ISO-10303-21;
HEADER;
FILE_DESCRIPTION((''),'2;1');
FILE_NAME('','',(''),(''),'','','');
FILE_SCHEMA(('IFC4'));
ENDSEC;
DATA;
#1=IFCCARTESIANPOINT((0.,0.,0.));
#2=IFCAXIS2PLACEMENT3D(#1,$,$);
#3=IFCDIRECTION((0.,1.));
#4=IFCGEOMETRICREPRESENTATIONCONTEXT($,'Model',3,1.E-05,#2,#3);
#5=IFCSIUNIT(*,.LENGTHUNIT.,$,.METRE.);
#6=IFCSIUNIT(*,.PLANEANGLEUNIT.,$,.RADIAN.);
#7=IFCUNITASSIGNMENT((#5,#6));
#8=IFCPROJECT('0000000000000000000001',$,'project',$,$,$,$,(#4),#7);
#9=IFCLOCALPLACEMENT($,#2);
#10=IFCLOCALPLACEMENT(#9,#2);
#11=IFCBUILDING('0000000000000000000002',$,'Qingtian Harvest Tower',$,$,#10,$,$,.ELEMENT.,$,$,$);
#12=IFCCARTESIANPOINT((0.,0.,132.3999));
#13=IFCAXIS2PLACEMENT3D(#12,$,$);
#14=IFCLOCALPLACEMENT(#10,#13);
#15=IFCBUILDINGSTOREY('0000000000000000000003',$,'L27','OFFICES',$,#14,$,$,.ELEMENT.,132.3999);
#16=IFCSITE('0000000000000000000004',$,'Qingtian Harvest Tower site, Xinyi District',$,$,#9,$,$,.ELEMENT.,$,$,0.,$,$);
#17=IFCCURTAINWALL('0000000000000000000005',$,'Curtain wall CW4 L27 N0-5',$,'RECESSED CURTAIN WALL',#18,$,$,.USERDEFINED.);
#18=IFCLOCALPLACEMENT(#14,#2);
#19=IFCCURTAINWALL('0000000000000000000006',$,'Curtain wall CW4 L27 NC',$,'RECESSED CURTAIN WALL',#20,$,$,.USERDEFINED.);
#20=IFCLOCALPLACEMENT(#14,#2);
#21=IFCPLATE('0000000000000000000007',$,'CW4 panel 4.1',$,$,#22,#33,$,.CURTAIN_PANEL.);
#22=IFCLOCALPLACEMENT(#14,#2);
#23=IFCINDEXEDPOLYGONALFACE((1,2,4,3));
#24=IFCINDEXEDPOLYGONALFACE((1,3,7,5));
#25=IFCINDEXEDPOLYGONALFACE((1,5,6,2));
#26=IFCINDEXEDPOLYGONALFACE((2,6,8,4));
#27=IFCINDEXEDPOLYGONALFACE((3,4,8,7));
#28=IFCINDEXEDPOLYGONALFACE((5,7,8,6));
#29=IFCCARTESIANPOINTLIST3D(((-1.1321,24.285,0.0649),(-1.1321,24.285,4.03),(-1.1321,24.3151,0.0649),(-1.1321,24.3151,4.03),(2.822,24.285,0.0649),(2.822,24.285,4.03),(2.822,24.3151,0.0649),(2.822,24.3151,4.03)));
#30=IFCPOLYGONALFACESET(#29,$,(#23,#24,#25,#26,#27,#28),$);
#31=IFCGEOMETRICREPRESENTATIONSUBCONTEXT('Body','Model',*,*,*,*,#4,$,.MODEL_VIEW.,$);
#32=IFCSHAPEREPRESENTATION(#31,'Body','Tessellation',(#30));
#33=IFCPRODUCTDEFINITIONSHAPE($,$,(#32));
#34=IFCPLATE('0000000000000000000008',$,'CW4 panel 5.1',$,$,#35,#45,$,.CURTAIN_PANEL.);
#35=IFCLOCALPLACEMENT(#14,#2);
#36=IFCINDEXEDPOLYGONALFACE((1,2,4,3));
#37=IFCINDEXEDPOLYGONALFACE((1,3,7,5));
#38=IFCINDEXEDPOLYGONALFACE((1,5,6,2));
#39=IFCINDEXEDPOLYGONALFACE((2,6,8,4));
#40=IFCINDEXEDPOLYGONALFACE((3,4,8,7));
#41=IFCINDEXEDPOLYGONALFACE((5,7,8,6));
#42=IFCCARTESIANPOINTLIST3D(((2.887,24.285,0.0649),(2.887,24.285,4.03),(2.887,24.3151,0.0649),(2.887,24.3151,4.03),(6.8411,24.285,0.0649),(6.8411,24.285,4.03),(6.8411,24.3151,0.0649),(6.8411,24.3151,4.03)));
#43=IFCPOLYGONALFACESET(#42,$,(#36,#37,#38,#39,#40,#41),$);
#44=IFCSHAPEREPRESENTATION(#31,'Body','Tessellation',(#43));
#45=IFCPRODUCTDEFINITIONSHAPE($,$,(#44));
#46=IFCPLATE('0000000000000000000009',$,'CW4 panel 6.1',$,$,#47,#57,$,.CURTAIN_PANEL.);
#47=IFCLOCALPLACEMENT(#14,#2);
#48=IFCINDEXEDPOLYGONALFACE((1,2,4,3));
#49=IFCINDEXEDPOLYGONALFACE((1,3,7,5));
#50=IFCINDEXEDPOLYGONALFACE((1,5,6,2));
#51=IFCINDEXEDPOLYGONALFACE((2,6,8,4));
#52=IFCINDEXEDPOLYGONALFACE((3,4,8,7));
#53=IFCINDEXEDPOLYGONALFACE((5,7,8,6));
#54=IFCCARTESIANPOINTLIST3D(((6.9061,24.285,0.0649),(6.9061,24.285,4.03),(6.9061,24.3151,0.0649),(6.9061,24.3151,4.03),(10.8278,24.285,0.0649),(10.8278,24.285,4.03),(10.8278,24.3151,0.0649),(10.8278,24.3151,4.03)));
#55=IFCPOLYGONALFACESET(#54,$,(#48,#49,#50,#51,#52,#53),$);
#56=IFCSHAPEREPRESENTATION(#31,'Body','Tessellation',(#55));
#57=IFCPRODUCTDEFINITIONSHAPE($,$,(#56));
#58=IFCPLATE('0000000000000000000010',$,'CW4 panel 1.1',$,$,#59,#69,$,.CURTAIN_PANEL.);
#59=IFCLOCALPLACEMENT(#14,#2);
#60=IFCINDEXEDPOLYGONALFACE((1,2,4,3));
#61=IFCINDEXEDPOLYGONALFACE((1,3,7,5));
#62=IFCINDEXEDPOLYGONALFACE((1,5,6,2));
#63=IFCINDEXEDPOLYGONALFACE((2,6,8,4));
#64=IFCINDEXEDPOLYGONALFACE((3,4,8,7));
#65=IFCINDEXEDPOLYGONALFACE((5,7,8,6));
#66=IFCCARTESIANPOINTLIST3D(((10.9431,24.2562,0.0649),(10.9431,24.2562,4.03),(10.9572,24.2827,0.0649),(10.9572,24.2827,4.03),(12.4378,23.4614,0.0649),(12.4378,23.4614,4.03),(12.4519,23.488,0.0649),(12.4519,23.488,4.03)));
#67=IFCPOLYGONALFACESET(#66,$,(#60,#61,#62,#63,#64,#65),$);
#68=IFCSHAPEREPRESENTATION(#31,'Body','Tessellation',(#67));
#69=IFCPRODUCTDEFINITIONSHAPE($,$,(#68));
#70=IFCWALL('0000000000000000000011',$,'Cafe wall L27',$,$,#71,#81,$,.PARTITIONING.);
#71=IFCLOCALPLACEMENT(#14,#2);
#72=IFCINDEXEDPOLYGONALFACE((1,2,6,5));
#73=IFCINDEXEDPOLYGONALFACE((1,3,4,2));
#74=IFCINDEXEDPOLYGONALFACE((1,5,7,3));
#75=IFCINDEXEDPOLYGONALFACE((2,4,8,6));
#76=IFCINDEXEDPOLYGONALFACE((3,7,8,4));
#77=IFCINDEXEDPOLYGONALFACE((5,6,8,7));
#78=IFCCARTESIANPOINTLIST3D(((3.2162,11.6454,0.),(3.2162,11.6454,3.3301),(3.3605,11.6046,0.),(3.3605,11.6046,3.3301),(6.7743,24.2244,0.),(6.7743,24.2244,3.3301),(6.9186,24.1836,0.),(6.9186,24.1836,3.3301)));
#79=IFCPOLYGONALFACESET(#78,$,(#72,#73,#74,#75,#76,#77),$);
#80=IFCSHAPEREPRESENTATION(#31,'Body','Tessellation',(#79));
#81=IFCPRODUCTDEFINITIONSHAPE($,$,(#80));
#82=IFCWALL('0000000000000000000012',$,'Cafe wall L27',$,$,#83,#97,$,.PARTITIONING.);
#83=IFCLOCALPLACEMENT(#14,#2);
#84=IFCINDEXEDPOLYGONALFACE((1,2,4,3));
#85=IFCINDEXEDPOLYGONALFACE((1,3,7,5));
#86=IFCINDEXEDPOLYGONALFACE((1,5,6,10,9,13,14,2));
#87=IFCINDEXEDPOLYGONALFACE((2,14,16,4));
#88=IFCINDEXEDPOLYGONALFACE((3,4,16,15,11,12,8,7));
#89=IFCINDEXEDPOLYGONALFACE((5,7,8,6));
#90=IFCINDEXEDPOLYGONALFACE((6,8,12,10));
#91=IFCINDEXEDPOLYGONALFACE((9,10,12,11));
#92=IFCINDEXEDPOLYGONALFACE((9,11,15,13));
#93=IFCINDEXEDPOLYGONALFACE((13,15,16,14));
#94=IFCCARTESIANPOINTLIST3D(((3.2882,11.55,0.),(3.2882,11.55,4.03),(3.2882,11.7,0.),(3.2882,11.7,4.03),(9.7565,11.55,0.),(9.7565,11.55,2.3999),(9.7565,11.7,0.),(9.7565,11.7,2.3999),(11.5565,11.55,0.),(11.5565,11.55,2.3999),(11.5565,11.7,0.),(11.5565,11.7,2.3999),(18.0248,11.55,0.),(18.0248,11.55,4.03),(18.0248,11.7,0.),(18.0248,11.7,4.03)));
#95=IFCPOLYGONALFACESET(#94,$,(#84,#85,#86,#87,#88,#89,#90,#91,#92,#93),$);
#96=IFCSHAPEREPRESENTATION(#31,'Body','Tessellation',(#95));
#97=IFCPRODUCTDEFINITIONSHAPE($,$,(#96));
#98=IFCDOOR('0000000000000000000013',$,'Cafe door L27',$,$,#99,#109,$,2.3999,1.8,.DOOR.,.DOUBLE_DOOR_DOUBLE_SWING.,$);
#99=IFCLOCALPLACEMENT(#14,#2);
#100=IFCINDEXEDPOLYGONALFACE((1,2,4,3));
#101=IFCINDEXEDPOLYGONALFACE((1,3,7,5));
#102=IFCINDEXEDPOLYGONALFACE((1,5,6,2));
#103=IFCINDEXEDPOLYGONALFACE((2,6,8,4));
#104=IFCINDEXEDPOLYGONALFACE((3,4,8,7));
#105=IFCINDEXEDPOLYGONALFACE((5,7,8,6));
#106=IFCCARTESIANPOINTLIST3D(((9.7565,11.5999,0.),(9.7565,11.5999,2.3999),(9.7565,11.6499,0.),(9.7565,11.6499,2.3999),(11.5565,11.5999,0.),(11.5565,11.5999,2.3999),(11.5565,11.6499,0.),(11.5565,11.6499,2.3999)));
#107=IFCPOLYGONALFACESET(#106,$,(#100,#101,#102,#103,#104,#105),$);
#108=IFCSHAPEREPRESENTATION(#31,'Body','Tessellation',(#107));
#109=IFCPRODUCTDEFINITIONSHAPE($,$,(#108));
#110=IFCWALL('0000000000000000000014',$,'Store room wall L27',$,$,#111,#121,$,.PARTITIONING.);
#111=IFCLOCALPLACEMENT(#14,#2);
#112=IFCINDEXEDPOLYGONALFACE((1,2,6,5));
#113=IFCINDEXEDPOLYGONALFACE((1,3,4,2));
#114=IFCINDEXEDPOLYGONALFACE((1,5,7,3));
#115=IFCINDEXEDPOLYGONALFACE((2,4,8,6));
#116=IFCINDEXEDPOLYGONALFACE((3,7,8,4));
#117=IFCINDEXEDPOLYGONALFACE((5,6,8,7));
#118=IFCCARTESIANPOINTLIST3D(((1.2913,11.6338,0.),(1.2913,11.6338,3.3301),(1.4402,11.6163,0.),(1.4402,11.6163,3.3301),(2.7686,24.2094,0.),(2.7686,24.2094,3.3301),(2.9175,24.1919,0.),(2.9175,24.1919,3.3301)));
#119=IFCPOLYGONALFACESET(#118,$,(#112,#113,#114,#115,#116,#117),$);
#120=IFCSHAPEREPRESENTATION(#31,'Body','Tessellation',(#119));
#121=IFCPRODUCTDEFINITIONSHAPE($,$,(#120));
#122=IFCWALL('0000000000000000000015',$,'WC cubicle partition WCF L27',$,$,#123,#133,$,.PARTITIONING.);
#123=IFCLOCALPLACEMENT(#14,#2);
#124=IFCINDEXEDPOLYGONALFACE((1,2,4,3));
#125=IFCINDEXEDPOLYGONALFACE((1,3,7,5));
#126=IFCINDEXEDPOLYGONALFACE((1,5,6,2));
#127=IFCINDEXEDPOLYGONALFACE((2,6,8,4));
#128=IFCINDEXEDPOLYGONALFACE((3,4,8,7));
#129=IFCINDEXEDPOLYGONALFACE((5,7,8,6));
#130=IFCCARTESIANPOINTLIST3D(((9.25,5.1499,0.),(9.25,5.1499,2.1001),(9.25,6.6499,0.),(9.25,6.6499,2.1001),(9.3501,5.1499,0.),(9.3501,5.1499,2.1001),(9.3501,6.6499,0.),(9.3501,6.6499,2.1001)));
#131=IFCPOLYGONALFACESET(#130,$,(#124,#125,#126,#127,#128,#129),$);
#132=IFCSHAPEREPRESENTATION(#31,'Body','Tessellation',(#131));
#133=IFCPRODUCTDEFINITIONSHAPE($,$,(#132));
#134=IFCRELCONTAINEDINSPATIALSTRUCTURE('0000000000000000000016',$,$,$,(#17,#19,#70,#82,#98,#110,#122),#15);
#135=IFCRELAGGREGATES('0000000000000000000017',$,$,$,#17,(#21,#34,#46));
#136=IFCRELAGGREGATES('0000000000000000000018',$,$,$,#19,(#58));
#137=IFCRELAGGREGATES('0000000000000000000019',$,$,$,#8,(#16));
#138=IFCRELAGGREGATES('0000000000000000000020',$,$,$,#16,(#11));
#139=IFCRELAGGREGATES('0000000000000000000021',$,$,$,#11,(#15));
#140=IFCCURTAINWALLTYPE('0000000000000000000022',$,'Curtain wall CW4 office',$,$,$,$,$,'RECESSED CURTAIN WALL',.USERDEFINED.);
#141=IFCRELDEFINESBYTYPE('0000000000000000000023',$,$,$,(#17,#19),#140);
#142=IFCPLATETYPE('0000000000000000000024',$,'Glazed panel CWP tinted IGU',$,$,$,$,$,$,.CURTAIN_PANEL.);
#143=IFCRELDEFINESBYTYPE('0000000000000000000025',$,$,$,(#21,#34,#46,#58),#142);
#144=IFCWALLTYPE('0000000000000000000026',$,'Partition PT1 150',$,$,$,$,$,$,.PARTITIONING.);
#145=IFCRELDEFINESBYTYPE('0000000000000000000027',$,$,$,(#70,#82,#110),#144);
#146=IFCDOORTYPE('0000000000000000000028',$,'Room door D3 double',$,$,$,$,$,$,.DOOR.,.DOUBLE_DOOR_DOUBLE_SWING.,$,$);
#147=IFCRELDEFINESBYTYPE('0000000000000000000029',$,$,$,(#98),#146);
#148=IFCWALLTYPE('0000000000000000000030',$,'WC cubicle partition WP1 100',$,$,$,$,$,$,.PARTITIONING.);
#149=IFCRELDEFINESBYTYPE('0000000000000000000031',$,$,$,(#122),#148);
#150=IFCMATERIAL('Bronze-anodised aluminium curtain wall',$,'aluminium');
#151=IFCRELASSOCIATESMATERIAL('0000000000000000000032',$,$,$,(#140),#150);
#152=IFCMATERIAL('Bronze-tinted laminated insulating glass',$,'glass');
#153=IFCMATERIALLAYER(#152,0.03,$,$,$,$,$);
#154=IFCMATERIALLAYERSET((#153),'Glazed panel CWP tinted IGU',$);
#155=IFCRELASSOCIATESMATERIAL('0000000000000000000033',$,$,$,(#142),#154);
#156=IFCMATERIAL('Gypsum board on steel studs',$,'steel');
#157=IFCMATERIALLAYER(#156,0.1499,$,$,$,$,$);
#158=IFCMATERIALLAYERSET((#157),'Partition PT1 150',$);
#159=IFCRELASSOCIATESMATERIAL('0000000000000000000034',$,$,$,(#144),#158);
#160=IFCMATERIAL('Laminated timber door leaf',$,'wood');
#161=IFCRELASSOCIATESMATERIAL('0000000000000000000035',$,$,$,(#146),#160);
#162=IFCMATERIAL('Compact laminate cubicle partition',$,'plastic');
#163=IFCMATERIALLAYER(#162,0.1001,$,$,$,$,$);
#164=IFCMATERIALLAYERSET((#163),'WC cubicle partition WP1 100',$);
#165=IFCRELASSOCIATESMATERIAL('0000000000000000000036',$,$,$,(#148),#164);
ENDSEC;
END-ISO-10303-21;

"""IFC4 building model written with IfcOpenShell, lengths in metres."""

from ifc_helpers import new_model, si_unit, direction, frame, frame_2d, origin, origin_2d, place, context, subcontext, project, spatial, rectangle, extrude, material, layer, layer_set, type_object, element, fill, aggregate, save


model = new_model("IFC4")

# Units and contexts
model_context = context("Model", 3, precision=1e-05, world=origin(), true_north=direction((0.0, 1.0)))
body_context = subcontext(model_context, "Body", "Model", "MODEL_VIEW")
ifc_project = project(units=[si_unit("LENGTHUNIT", "METRE"), si_unit("PLANEANGLEUNIT", "RADIAN")], contexts=[model_context])

# Site, building, storey
site_placement = place(None, origin())
site = spatial("IfcSite", under=ifc_project, at=site_placement, Name="Qingtian Harvest Tower site, Xinyi District", CompositionType="ELEMENT", RefElevation=0.0)
building_placement = place(site_placement, origin())
building = spatial("IfcBuilding", under=site, at=building_placement, Name="Qingtian Harvest Tower", CompositionType="ELEMENT")
storey_placement = place(building_placement, frame((0.0, 0.0, 132.3999)))
storey = spatial("IfcBuildingStorey", under=building, at=storey_placement, Name="L27", Description="OFFICES", CompositionType="ELEMENT", Elevation=132.3999)

# Curtain walls
ifc_material_1 = material(Name="Bronze-anodised aluminium curtain wall", Category="aluminium")
curtain_wall_type = type_object("IfcCurtainWallType", Name="Curtain wall CW4 office", ElementType="RECESSED CURTAIN WALL", PredefinedType="USERDEFINED", material=ifc_material_1)
curtain_wall_1_placement = place(storey_placement, origin())
curtain_wall_1 = element("IfcCurtainWall", 1, at=curtain_wall_1_placement, inside=storey, type_object=curtain_wall_type, Name="Curtain wall CW4 L27 N0-5", ObjectType="RECESSED CURTAIN WALL", PredefinedType="USERDEFINED")
curtain_wall_2_placement = place(storey_placement, origin())
curtain_wall_2 = element("IfcCurtainWall", 2, at=curtain_wall_2_placement, inside=storey, type_object=curtain_wall_type, Name="Curtain wall CW4 L27 NC", ObjectType="RECESSED CURTAIN WALL", PredefinedType="USERDEFINED")

# Plates
ifc_material_2 = material(Name="Bronze-tinted laminated insulating glass", Category="glass")
ifc_layer_1 = layer(ifc_material_2, 0.03)
ifc_layer_set_1 = layer_set([ifc_layer_1], Name="Glazed panel CWP tinted IGU")
plate_type = type_object("IfcPlateType", Name="Glazed panel CWP tinted IGU", PredefinedType="CURTAIN_PANEL", material=ifc_layer_set_1)
plate_1_placement = place(storey_placement, frame((0.845, 24.3, 0.0649), z_axis=(0.0, 0.0, 1.0), x_axis=(1.0, 0.0, 0.0)))
plate_1 = element("IfcPlate", 3, at=plate_1_placement, type_object=plate_type, Name="CW4 panel 4.1", PredefinedType="CURTAIN_PANEL", context=body_context, shape_type="SweptSolid", body=[
    extrude(rectangle(XDim=3.9541, YDim=0.03, at=origin_2d()), origin(), (0.0, 0.0, 1.0), 3.9651),
])
plate_2_placement = place(storey_placement, frame((4.864, 24.3, 0.0649), z_axis=(0.0, 0.0, 1.0), x_axis=(1.0, 0.0, 0.0)))
plate_2 = element("IfcPlate", 4, at=plate_2_placement, type_object=plate_type, Name="CW4 panel 5.1", PredefinedType="CURTAIN_PANEL", context=body_context, shape_type="SweptSolid", body=[
    extrude(rectangle(XDim=3.9541, YDim=0.03, at=origin_2d()), origin(), (0.0, 0.0, 1.0), 3.9651),
])
plate_3_placement = place(storey_placement, frame((8.8669, 24.3, 0.0649), z_axis=(0.0, 0.0, 1.0), x_axis=(1.0, 0.0, 0.0)))
plate_3 = element("IfcPlate", 5, at=plate_3_placement, type_object=plate_type, Name="CW4 panel 6.1", PredefinedType="CURTAIN_PANEL", context=body_context, shape_type="SweptSolid", body=[
    extrude(rectangle(XDim=3.9216, YDim=0.03, at=origin_2d()), origin(), (0.0, 0.0, 1.0), 3.9651),
])
aggregate(curtain_wall_1, [plate_1, plate_2, plate_3])
plate_4_placement = place(storey_placement, frame((11.6975, 23.8721, 0.0649), z_axis=(0.0, 0.0, 1.0), x_axis=(0.882948, -0.469472, 0.0)))
plate_4 = element("IfcPlate", 6, at=plate_4_placement, type_object=plate_type, Name="CW4 panel 1.1", PredefinedType="CURTAIN_PANEL", context=body_context, shape_type="SweptSolid", body=[
    extrude(rectangle(XDim=1.6929, YDim=0.03, at=origin_2d()), origin(), (0.0, 0.0, 1.0), 3.9651),
])
aggregate(curtain_wall_2, [plate_4])

# Wall
ifc_material_3 = material(Name="Gypsum board on steel studs", Category="steel")
ifc_layer_2 = layer(ifc_material_3, 0.1499)
ifc_layer_set_2 = layer_set([ifc_layer_2], Name="Partition PT1 150")
wall_type_1 = type_object("IfcWallType", Name="Partition PT1 150", PredefinedType="PARTITIONING", material=ifc_layer_set_2)
wall_1_placement = place(storey_placement, frame((6.8464, 24.2039, 0.0), z_axis=(0.0, 0.0, 1.0), x_axis=(-0.272184, -0.962245, 0.0)))
element("IfcWall", 7, at=wall_1_placement, inside=storey, type_object=wall_type_1, Name="Cafe wall L27", PredefinedType="PARTITIONING", context=body_context, shape_type="SweptSolid", body=[
    extrude(rectangle(XDim=13.0725, YDim=0.1499, at=frame_2d((6.5361, 0.0))), origin(), (0.0, 0.0, 1.0), 3.3301),
])

# Wall, opening, door
wall_2_placement = place(storey_placement, frame((3.2883, 11.625, 0.0), z_axis=(0.0, 0.0, 1.0), x_axis=(1.0, 0.0, 0.0)))
wall_2 = element("IfcWall", 8, at=wall_2_placement, inside=storey, type_object=wall_type_1, Name="Cafe wall L27", PredefinedType="PARTITIONING", context=body_context, shape_type="SweptSolid", body=[
    extrude(rectangle(XDim=14.7366, YDim=0.1499, at=frame_2d((7.3682, 0.0))), origin(), (0.0, 0.0, 1.0), 4.03),
])
opening_1_placement = place(wall_2_placement, frame((6.4683, 0.0, 0.0)))
opening_1 = element("IfcOpeningElement", 9, at=opening_1_placement, cuts=wall_2, PredefinedType="OPENING", context=body_context, shape_type="SweptSolid", body=[
    extrude(rectangle(XDim=1.8, YDim=2.3999, at=frame_2d((0.8999, 1.2))), frame((0.0, 0.085, 0.0), z_axis=(0.0, -1.0, 0.0), x_axis=(1.0, 0.0, 0.0)), (0.0, 0.0, 1.0), 0.1699),
])
ifc_material_4 = material(Name="Laminated timber door leaf", Category="wood")
door_type_1 = type_object("IfcDoorType", Name="Room door D3 double", OperationType="DOUBLE_DOOR_DOUBLE_SWING", PredefinedType="DOOR", material=ifc_material_4)
door_1_placement = place(opening_1_placement, origin())
door_1 = element("IfcDoor", 10, at=door_1_placement, inside=storey, type_object=door_type_1, Name="Cafe door L27", OperationType="DOUBLE_DOOR_DOUBLE_SWING", OverallHeight=2.3999, OverallWidth=1.8, PredefinedType="DOOR", context=body_context, shape_type="SweptSolid", body=[
    extrude(rectangle(XDim=1.8, YDim=2.3999, at=frame_2d((0.8999, 1.2))), frame((0.0, 0.0249, 0.0), z_axis=(0.0, -1.0, 0.0), x_axis=(1.0, 0.0, 0.0)), (0.0, 0.0, 1.0), 0.05),
])
fill(opening_1, door_1)

# Wall
wall_3_placement = place(storey_placement, frame((2.843, 24.2007, 0.0), z_axis=(0.0, 0.0, 1.0), x_axis=(-0.11667, -0.993171, 0.0)))
element("IfcWall", 11, at=wall_3_placement, inside=storey, type_object=wall_type_1, Name="Store room wall L27", PredefinedType="PARTITIONING", context=body_context, shape_type="SweptSolid", body=[
    extrude(rectangle(XDim=12.6621, YDim=0.1499, at=frame_2d((6.3311, 0.0))), origin(), (0.0, 0.0, 1.0), 3.3301),
])

# Wall
ifc_material_5 = material(Name="Compact laminate cubicle partition", Category="plastic")
ifc_layer_3 = layer(ifc_material_5, 0.1001)
ifc_layer_set_3 = layer_set([ifc_layer_3], Name="WC cubicle partition WP1 100")
wall_type_2 = type_object("IfcWallType", Name="WC cubicle partition WP1 100", PredefinedType="PARTITIONING", material=ifc_layer_set_3)
wall_4_placement = place(storey_placement, frame((9.3, 5.1499, 0.0), z_axis=(0.0, 0.0, 1.0), x_axis=(0.0, 1.0, 0.0)))
element("IfcWall", 12, at=wall_4_placement, inside=storey, type_object=wall_type_2, Name="WC cubicle partition WCF L27", PredefinedType="PARTITIONING", context=body_context, shape_type="SweptSolid", body=[
    extrude(rectangle(XDim=1.5, YDim=0.1001, at=frame_2d((0.75, 0.0))), origin(), (0.0, 0.0, 1.0), 2.1001),
])

save(model, "model.ifc")
